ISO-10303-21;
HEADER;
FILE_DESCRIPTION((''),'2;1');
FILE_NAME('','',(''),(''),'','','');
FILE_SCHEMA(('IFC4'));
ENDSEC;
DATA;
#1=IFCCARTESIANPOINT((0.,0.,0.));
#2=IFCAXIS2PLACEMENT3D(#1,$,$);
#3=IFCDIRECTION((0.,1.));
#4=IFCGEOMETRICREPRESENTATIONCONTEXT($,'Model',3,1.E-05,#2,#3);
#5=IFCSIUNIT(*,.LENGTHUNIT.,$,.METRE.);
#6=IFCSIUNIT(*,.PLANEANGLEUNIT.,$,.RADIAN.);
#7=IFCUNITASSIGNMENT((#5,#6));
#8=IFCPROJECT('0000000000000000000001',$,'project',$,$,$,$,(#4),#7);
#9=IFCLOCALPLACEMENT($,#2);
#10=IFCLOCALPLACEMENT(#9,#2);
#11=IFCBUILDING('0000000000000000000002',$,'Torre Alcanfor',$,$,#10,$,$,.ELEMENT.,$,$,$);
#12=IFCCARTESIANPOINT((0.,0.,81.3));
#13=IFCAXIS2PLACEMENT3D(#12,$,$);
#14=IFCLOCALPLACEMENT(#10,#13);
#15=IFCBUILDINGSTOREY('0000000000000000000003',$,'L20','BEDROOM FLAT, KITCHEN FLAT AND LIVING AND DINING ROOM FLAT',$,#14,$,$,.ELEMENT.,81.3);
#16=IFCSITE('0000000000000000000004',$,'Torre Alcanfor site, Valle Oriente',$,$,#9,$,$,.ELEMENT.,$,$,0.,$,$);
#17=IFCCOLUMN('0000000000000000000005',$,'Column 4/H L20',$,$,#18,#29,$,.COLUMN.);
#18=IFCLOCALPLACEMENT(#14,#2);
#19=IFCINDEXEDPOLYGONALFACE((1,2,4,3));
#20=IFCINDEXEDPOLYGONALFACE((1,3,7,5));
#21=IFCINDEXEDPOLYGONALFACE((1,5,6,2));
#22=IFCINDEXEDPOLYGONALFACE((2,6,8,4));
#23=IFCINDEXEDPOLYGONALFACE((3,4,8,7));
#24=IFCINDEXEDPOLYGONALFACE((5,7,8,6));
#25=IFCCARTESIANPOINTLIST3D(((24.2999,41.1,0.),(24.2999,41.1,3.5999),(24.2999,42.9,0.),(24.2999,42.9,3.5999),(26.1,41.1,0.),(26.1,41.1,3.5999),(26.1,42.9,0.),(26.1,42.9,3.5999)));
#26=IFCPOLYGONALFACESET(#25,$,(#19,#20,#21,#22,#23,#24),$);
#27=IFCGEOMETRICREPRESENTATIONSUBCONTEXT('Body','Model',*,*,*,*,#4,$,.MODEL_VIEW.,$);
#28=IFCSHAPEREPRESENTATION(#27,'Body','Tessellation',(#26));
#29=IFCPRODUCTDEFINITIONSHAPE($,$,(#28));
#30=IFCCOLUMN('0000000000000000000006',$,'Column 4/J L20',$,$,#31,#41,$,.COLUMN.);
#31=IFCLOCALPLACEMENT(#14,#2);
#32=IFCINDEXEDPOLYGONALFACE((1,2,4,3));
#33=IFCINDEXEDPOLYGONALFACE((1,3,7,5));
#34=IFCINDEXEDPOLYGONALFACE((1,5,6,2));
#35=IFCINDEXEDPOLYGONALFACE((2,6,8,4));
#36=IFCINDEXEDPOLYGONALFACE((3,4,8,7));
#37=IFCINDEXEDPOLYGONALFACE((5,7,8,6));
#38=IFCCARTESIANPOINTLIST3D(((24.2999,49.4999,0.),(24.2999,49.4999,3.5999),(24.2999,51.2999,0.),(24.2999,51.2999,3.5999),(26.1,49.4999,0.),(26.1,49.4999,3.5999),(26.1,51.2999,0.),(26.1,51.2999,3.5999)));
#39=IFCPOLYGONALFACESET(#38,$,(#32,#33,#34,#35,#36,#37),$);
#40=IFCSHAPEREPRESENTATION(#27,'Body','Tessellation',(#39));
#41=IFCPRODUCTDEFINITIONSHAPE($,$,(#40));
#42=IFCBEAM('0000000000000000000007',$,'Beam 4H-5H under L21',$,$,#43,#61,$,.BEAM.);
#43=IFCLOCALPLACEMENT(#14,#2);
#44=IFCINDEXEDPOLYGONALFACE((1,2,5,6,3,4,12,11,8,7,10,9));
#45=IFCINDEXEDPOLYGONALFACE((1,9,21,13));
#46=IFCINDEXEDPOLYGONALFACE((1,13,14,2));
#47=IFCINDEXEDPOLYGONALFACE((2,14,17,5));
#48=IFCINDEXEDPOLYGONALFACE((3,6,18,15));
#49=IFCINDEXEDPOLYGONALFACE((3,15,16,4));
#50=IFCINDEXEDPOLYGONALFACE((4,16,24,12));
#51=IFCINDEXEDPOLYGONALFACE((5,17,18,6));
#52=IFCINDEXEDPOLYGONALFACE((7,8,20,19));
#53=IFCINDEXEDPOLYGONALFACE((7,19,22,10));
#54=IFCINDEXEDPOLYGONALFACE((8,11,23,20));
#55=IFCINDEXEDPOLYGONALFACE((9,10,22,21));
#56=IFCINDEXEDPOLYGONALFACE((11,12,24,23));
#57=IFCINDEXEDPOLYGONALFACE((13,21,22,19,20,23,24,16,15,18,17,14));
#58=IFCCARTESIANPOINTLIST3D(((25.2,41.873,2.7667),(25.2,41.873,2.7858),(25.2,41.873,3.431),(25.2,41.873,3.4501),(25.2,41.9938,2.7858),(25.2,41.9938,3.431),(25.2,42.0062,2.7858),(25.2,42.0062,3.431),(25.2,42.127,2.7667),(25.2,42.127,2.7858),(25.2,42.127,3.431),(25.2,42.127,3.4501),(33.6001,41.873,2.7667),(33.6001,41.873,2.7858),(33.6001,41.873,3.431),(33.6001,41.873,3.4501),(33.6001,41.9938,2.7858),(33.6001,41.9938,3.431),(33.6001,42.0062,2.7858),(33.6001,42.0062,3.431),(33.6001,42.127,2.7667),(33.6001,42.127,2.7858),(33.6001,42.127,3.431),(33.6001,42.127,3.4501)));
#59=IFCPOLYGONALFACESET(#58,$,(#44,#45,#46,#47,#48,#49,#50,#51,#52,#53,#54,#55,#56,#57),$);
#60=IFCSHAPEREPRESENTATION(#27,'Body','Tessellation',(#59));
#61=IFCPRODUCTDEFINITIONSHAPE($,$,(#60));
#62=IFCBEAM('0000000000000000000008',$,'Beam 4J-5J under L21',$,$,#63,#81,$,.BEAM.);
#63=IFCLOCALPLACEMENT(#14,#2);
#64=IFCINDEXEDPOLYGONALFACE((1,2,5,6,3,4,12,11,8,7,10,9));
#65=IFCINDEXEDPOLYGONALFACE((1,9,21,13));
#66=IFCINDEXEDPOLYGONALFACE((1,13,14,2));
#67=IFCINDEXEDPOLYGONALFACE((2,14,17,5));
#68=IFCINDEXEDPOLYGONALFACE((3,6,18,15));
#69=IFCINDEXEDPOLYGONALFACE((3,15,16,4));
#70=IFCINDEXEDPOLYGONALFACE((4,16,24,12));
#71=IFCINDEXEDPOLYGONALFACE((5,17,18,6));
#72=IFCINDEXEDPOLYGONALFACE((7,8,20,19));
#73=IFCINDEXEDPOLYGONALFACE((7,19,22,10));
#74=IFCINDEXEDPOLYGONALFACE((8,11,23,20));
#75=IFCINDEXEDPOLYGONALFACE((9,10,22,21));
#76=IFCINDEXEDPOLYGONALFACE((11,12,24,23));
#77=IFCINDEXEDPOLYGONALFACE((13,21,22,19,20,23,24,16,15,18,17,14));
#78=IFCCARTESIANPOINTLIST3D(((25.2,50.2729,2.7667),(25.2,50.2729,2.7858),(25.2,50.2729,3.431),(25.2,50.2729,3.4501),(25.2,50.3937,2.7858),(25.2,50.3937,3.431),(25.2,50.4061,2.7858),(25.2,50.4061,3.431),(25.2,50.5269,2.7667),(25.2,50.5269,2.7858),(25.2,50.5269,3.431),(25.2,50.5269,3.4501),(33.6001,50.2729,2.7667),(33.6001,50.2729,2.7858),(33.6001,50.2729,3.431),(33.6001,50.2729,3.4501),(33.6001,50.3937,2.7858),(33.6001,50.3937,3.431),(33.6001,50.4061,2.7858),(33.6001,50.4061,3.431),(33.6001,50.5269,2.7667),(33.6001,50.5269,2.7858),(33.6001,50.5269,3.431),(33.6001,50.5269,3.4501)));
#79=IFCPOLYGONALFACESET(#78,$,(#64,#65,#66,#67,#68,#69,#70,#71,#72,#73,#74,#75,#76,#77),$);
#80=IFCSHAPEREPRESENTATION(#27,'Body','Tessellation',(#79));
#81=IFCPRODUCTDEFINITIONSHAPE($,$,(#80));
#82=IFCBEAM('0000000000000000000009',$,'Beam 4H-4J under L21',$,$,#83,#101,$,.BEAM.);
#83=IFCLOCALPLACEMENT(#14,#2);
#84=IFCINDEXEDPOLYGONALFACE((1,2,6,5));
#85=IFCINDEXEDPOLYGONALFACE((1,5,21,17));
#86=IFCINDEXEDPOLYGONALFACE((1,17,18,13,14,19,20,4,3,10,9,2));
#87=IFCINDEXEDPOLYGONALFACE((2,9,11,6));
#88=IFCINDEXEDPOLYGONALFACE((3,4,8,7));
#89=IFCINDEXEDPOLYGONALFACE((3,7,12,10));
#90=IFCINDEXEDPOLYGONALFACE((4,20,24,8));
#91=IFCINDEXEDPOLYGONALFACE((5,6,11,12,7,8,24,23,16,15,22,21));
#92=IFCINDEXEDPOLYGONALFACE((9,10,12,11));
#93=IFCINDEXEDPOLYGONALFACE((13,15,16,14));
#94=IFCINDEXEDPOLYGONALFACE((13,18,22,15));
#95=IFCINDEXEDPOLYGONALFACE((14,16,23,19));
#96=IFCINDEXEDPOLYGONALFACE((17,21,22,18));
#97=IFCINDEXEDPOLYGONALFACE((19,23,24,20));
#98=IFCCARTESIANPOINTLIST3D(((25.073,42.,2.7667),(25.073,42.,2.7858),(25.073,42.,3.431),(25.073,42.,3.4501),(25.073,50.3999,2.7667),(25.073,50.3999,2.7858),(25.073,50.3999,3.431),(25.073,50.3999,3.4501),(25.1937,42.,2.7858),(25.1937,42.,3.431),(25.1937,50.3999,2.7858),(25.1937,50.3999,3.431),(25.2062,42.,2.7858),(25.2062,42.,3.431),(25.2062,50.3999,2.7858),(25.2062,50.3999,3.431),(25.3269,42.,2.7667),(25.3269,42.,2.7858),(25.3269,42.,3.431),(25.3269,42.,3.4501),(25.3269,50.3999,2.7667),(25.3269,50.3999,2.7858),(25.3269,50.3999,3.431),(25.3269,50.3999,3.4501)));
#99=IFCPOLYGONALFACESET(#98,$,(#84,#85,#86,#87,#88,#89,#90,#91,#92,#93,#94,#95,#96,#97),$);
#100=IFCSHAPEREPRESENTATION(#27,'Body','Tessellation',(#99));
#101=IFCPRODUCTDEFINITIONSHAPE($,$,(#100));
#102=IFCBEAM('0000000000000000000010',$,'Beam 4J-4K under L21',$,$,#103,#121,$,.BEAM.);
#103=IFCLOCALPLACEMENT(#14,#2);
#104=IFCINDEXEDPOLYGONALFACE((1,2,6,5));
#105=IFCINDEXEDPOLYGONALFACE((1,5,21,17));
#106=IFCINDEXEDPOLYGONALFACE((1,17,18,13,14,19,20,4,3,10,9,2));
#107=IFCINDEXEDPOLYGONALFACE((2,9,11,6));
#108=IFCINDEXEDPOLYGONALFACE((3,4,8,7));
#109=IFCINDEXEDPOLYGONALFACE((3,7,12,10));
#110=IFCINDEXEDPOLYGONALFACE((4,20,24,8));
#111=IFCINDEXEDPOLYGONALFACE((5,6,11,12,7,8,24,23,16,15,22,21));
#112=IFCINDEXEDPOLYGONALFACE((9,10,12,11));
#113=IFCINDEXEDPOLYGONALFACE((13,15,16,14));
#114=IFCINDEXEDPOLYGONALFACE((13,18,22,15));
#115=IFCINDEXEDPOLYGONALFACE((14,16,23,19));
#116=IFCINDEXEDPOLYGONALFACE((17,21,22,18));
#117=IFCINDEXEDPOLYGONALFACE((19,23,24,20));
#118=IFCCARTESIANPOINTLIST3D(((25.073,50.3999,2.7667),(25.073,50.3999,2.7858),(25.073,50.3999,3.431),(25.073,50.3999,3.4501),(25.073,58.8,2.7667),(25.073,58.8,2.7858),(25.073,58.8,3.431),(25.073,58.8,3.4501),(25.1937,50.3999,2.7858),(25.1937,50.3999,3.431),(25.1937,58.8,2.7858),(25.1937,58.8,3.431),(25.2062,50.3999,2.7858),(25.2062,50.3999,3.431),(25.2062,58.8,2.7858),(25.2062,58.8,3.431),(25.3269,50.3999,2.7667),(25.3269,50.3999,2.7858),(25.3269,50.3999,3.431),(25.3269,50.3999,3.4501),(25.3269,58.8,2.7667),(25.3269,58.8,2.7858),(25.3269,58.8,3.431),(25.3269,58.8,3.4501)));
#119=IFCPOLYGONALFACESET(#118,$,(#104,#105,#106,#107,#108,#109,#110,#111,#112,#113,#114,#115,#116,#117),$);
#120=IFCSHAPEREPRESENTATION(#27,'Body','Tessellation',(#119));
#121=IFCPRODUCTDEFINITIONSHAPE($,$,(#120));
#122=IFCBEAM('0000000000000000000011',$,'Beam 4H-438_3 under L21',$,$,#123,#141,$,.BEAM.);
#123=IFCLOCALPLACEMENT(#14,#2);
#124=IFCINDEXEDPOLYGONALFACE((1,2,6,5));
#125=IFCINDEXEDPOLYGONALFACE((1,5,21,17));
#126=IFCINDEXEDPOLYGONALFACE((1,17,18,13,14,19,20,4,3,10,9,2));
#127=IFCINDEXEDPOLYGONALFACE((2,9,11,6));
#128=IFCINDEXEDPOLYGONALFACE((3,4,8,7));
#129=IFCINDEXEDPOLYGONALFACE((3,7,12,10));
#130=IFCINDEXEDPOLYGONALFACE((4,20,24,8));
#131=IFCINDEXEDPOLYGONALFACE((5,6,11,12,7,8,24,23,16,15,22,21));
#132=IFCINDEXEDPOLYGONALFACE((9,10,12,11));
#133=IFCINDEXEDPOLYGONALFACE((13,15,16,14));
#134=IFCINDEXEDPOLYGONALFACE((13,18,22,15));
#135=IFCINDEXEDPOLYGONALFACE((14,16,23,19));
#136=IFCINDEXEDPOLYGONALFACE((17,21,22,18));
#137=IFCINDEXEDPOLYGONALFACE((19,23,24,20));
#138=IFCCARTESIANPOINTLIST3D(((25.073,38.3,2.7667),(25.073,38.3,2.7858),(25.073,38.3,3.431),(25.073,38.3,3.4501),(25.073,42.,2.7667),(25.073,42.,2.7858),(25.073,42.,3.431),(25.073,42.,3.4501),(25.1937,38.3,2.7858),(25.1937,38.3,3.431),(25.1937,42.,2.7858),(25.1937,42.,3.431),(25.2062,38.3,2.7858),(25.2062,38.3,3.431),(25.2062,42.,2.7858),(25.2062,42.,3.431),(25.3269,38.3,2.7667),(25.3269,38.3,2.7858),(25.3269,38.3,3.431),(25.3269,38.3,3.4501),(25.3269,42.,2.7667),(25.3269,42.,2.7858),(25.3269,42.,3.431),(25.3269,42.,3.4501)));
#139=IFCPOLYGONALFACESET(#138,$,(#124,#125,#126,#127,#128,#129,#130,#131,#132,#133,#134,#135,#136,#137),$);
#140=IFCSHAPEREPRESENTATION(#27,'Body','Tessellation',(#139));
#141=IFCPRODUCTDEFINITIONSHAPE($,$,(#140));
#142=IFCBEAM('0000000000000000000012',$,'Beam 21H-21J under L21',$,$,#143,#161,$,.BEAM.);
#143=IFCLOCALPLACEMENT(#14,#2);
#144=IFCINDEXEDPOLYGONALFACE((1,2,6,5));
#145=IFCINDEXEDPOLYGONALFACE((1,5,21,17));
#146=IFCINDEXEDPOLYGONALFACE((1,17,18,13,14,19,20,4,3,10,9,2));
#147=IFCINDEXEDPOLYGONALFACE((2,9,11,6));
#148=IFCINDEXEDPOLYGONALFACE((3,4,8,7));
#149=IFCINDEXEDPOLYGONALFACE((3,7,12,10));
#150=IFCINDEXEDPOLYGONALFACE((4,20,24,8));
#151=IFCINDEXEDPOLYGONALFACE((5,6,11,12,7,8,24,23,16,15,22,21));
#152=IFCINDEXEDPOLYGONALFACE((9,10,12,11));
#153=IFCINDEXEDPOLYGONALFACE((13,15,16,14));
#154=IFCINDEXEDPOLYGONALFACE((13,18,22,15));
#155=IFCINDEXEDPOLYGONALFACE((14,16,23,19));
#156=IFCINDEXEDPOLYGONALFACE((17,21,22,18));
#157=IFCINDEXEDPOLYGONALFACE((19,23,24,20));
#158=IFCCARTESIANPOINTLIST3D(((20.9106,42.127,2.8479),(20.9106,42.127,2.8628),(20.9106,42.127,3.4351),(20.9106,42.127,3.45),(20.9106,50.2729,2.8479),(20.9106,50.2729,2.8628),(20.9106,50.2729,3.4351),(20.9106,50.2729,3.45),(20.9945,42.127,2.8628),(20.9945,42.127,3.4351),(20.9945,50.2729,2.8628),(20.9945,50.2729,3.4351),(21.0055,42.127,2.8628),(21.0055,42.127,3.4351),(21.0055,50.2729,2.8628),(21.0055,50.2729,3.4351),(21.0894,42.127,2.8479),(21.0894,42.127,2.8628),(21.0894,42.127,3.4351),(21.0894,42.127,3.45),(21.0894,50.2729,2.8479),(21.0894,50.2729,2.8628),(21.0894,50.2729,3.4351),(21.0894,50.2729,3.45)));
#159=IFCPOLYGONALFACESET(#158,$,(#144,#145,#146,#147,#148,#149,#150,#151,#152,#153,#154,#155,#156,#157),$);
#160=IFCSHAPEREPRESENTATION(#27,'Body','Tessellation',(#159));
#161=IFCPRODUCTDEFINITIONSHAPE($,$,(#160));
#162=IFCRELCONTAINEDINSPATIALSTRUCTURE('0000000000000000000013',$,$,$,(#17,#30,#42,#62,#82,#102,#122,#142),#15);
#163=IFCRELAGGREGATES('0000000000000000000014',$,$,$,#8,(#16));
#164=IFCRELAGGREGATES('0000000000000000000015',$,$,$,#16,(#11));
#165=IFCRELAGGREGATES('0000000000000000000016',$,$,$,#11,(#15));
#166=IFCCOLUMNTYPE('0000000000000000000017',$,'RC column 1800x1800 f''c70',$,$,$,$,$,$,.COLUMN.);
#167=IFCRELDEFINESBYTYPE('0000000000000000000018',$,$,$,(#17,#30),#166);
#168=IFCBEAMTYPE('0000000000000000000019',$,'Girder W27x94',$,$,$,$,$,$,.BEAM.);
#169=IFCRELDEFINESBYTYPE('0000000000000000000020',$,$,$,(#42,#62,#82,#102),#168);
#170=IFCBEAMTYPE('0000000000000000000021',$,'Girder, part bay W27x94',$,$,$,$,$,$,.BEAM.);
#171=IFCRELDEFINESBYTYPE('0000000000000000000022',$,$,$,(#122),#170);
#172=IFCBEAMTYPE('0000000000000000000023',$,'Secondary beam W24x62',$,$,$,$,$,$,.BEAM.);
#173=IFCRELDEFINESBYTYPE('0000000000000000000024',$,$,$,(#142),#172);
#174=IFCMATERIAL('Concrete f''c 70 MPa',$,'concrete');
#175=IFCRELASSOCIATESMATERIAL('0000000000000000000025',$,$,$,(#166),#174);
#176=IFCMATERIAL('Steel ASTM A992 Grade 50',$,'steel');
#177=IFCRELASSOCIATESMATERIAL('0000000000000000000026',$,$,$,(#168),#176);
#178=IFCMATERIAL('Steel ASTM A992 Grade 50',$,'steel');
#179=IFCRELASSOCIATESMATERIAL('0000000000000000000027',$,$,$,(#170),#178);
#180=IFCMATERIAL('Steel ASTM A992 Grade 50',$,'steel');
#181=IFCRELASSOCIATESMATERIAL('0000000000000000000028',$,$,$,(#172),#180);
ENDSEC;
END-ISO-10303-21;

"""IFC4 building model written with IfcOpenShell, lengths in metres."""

from ifc_helpers import new_model, si_unit, direction, frame, origin, origin_2d, place, context, subcontext, project, spatial, rectangle, i_section, extrude, material, material_profile, profile_set, type_object, element, save


model = new_model("IFC4")

# Units and contexts
model_context = context("Model", 3, precision=1e-05, world=origin(), true_north=direction((0.0, 1.0)))
body_context = subcontext(model_context, "Body", "Model", "MODEL_VIEW")
ifc_project = project(units=[si_unit("LENGTHUNIT", "METRE"), si_unit("PLANEANGLEUNIT", "RADIAN")], contexts=[model_context])

# Site, building, storey
site_placement = place(None, origin())
site = spatial("IfcSite", under=ifc_project, at=site_placement, Name="Torre Alcanfor site, Valle Oriente", CompositionType="ELEMENT", RefElevation=0.0)
building_placement = place(site_placement, origin())
building = spatial("IfcBuilding", under=site, at=building_placement, Name="Torre Alcanfor", CompositionType="ELEMENT")
storey_placement = place(building_placement, frame((0.0, 0.0, 81.3)))
storey = spatial("IfcBuildingStorey", under=building, at=storey_placement, Name="L20", Description="BEDROOM FLAT, KITCHEN FLAT AND LIVING AND DINING ROOM FLAT", CompositionType="ELEMENT", Elevation=81.3)

# Columns
ifc_material_1 = material(Name="Concrete f'c 70 MPa", Category="concrete")
ifc_material_profile_1 = material_profile(ifc_material_1, rectangle(XDim=1.8, YDim=1.8, at=origin_2d()), Name="1800x1800")
ifc_profile_set_1 = profile_set([ifc_material_profile_1], Name="Concrete f'c 70 MPa")
column_type = type_object("IfcColumnType", Name="RC column 1800x1800 f'c70", PredefinedType="COLUMN", material=ifc_profile_set_1)
for number, where, z_axis, x_axis, name in (
    (1, (25.2, 42.0, 0.0), (0.0, 0.0, 1.0), (1.0, 0.0, 0.0), "Column 4/H L20"),
    (2, (25.2, 50.3999, 0.0), (0.0, 0.0, 1.0), (1.0, 0.0, 0.0), "Column 4/J L20"),
):
    element("IfcColumn", number, at=place(storey_placement, frame(where, z_axis=z_axis, x_axis=x_axis)), inside=storey, type_object=column_type, Name=name, PredefinedType="COLUMN", context=body_context, shape_type="SweptSolid", body=[
        extrude(rectangle(XDim=1.8, YDim=1.8, at=origin_2d()), origin(), (0.0, 0.0, 1.0), 3.5999),
    ])

# Beams
ifc_material_2 = material(Name="Steel ASTM A992 Grade 50", Category="steel")
ifc_material_profile_2 = material_profile(ifc_material_2, i_section(OverallWidth=0.2539, OverallDepth=0.6833, WebThickness=0.0125, FlangeThickness=0.019, at=origin_2d()), Name="W27x94")
ifc_profile_set_2 = profile_set([ifc_material_profile_2], Name="Steel ASTM A992 Grade 50")
beam_type_1 = type_object("IfcBeamType", Name="Girder W27x94", PredefinedType="BEAM", material=ifc_profile_set_2)
for number, where, z_axis, x_axis, name in (
    (3, (25.2, 42.0, 3.1084), (1.0, 0.0, 0.0), (0.0, 1.0, 0.0), "Beam 4H-5H under L21"),
    (4, (25.2, 50.3999, 3.1084), (1.0, 0.0, 0.0), (0.0, 1.0, 0.0), "Beam 4J-5J under L21"),
):
    element("IfcBeam", number, at=place(storey_placement, frame(where, z_axis=z_axis, x_axis=x_axis)), inside=storey, type_object=beam_type_1, Name=name, PredefinedType="BEAM", context=body_context, shape_type="SweptSolid", body=[
        extrude(i_section(OverallWidth=0.2539, OverallDepth=0.6833, WebThickness=0.0125, FlangeThickness=0.019, at=origin_2d()), origin(), (0.0, 0.0, 1.0), 8.4001),
    ])
beam_1_placement = place(storey_placement, frame((25.2, 42.0, 3.1084), z_axis=(0.0, 1.0, 0.0), x_axis=(-1.0, 0.0, 0.0)))
element("IfcBeam", 5, at=beam_1_placement, inside=storey, type_object=beam_type_1, Name="Beam 4H-4J under L21", PredefinedType="BEAM", context=body_context, shape_type="SweptSolid", body=[
    extrude(i_section(OverallWidth=0.2539, OverallDepth=0.6833, WebThickness=0.0125, FlangeThickness=0.019, at=origin_2d()), origin(), (0.0, 0.0, 1.0), 8.3999),
])
beam_2_placement = place(storey_placement, frame((25.2, 50.3999, 3.1084), z_axis=(0.0, 1.0, 0.0), x_axis=(-1.0, 0.0, 0.0)))
element("IfcBeam", 6, at=beam_2_placement, inside=storey, type_object=beam_type_1, Name="Beam 4J-4K under L21", PredefinedType="BEAM", context=body_context, shape_type="SweptSolid", body=[
    extrude(i_section(OverallWidth=0.2539, OverallDepth=0.6833, WebThickness=0.0125, FlangeThickness=0.019, at=origin_2d()), origin(), (0.0, 0.0, 1.0), 8.4001),
])
ifc_material_3 = material(Name="Steel ASTM A992 Grade 50", Category="steel")
ifc_material_profile_3 = material_profile(ifc_material_3, i_section(OverallWidth=0.2539, OverallDepth=0.6833, WebThickness=0.0125, FlangeThickness=0.019, at=origin_2d()), Name="W27x94")
ifc_profile_set_3 = profile_set([ifc_material_profile_3], Name="Steel ASTM A992 Grade 50")
beam_type_2 = type_object("IfcBeamType", Name="Girder, part bay W27x94", PredefinedType="BEAM", material=ifc_profile_set_3)
beam_3_placement = place(storey_placement, frame((25.2, 42.0, 3.1084), z_axis=(0.0, -1.0, 0.0), x_axis=(1.0, 0.0, 0.0)))
element("IfcBeam", 7, at=beam_3_placement, inside=storey, type_object=beam_type_2, Name="Beam 4H-438_3 under L21", PredefinedType="BEAM", context=body_context, shape_type="SweptSolid", body=[
    extrude(i_section(OverallWidth=0.2539, OverallDepth=0.6833, WebThickness=0.0125, FlangeThickness=0.019, at=origin_2d()), origin(), (0.0, 0.0, 1.0), 3.7),
])
ifc_material_4 = material(Name="Steel ASTM A992 Grade 50", Category="steel")
ifc_material_profile_4 = material_profile(ifc_material_4, i_section(OverallWidth=0.1787, OverallDepth=0.6021, WebThickness=0.011, FlangeThickness=0.0149, at=origin_2d()), Name="W24x62")
ifc_profile_set_4 = profile_set([ifc_material_profile_4], Name="Steel ASTM A992 Grade 50")
beam_type_3 = type_object("IfcBeamType", Name="Secondary beam W24x62", PredefinedType="BEAM", material=ifc_profile_set_4)
beam_4_placement = place(storey_placement, frame((21.0, 42.127, 3.1489), z_axis=(0.0, 1.0, 0.0), x_axis=(-1.0, 0.0, 0.0)))
element("IfcBeam", 8, at=beam_4_placement, inside=storey, type_object=beam_type_3, Name="Beam 21H-21J under L21", PredefinedType="BEAM", context=body_context, shape_type="SweptSolid", body=[
    extrude(i_section(OverallWidth=0.1787, OverallDepth=0.6021, WebThickness=0.011, FlangeThickness=0.0149, at=origin_2d()), origin(), (0.0, 0.0, 1.0), 8.146),
])

save(model, "model.ifc")
